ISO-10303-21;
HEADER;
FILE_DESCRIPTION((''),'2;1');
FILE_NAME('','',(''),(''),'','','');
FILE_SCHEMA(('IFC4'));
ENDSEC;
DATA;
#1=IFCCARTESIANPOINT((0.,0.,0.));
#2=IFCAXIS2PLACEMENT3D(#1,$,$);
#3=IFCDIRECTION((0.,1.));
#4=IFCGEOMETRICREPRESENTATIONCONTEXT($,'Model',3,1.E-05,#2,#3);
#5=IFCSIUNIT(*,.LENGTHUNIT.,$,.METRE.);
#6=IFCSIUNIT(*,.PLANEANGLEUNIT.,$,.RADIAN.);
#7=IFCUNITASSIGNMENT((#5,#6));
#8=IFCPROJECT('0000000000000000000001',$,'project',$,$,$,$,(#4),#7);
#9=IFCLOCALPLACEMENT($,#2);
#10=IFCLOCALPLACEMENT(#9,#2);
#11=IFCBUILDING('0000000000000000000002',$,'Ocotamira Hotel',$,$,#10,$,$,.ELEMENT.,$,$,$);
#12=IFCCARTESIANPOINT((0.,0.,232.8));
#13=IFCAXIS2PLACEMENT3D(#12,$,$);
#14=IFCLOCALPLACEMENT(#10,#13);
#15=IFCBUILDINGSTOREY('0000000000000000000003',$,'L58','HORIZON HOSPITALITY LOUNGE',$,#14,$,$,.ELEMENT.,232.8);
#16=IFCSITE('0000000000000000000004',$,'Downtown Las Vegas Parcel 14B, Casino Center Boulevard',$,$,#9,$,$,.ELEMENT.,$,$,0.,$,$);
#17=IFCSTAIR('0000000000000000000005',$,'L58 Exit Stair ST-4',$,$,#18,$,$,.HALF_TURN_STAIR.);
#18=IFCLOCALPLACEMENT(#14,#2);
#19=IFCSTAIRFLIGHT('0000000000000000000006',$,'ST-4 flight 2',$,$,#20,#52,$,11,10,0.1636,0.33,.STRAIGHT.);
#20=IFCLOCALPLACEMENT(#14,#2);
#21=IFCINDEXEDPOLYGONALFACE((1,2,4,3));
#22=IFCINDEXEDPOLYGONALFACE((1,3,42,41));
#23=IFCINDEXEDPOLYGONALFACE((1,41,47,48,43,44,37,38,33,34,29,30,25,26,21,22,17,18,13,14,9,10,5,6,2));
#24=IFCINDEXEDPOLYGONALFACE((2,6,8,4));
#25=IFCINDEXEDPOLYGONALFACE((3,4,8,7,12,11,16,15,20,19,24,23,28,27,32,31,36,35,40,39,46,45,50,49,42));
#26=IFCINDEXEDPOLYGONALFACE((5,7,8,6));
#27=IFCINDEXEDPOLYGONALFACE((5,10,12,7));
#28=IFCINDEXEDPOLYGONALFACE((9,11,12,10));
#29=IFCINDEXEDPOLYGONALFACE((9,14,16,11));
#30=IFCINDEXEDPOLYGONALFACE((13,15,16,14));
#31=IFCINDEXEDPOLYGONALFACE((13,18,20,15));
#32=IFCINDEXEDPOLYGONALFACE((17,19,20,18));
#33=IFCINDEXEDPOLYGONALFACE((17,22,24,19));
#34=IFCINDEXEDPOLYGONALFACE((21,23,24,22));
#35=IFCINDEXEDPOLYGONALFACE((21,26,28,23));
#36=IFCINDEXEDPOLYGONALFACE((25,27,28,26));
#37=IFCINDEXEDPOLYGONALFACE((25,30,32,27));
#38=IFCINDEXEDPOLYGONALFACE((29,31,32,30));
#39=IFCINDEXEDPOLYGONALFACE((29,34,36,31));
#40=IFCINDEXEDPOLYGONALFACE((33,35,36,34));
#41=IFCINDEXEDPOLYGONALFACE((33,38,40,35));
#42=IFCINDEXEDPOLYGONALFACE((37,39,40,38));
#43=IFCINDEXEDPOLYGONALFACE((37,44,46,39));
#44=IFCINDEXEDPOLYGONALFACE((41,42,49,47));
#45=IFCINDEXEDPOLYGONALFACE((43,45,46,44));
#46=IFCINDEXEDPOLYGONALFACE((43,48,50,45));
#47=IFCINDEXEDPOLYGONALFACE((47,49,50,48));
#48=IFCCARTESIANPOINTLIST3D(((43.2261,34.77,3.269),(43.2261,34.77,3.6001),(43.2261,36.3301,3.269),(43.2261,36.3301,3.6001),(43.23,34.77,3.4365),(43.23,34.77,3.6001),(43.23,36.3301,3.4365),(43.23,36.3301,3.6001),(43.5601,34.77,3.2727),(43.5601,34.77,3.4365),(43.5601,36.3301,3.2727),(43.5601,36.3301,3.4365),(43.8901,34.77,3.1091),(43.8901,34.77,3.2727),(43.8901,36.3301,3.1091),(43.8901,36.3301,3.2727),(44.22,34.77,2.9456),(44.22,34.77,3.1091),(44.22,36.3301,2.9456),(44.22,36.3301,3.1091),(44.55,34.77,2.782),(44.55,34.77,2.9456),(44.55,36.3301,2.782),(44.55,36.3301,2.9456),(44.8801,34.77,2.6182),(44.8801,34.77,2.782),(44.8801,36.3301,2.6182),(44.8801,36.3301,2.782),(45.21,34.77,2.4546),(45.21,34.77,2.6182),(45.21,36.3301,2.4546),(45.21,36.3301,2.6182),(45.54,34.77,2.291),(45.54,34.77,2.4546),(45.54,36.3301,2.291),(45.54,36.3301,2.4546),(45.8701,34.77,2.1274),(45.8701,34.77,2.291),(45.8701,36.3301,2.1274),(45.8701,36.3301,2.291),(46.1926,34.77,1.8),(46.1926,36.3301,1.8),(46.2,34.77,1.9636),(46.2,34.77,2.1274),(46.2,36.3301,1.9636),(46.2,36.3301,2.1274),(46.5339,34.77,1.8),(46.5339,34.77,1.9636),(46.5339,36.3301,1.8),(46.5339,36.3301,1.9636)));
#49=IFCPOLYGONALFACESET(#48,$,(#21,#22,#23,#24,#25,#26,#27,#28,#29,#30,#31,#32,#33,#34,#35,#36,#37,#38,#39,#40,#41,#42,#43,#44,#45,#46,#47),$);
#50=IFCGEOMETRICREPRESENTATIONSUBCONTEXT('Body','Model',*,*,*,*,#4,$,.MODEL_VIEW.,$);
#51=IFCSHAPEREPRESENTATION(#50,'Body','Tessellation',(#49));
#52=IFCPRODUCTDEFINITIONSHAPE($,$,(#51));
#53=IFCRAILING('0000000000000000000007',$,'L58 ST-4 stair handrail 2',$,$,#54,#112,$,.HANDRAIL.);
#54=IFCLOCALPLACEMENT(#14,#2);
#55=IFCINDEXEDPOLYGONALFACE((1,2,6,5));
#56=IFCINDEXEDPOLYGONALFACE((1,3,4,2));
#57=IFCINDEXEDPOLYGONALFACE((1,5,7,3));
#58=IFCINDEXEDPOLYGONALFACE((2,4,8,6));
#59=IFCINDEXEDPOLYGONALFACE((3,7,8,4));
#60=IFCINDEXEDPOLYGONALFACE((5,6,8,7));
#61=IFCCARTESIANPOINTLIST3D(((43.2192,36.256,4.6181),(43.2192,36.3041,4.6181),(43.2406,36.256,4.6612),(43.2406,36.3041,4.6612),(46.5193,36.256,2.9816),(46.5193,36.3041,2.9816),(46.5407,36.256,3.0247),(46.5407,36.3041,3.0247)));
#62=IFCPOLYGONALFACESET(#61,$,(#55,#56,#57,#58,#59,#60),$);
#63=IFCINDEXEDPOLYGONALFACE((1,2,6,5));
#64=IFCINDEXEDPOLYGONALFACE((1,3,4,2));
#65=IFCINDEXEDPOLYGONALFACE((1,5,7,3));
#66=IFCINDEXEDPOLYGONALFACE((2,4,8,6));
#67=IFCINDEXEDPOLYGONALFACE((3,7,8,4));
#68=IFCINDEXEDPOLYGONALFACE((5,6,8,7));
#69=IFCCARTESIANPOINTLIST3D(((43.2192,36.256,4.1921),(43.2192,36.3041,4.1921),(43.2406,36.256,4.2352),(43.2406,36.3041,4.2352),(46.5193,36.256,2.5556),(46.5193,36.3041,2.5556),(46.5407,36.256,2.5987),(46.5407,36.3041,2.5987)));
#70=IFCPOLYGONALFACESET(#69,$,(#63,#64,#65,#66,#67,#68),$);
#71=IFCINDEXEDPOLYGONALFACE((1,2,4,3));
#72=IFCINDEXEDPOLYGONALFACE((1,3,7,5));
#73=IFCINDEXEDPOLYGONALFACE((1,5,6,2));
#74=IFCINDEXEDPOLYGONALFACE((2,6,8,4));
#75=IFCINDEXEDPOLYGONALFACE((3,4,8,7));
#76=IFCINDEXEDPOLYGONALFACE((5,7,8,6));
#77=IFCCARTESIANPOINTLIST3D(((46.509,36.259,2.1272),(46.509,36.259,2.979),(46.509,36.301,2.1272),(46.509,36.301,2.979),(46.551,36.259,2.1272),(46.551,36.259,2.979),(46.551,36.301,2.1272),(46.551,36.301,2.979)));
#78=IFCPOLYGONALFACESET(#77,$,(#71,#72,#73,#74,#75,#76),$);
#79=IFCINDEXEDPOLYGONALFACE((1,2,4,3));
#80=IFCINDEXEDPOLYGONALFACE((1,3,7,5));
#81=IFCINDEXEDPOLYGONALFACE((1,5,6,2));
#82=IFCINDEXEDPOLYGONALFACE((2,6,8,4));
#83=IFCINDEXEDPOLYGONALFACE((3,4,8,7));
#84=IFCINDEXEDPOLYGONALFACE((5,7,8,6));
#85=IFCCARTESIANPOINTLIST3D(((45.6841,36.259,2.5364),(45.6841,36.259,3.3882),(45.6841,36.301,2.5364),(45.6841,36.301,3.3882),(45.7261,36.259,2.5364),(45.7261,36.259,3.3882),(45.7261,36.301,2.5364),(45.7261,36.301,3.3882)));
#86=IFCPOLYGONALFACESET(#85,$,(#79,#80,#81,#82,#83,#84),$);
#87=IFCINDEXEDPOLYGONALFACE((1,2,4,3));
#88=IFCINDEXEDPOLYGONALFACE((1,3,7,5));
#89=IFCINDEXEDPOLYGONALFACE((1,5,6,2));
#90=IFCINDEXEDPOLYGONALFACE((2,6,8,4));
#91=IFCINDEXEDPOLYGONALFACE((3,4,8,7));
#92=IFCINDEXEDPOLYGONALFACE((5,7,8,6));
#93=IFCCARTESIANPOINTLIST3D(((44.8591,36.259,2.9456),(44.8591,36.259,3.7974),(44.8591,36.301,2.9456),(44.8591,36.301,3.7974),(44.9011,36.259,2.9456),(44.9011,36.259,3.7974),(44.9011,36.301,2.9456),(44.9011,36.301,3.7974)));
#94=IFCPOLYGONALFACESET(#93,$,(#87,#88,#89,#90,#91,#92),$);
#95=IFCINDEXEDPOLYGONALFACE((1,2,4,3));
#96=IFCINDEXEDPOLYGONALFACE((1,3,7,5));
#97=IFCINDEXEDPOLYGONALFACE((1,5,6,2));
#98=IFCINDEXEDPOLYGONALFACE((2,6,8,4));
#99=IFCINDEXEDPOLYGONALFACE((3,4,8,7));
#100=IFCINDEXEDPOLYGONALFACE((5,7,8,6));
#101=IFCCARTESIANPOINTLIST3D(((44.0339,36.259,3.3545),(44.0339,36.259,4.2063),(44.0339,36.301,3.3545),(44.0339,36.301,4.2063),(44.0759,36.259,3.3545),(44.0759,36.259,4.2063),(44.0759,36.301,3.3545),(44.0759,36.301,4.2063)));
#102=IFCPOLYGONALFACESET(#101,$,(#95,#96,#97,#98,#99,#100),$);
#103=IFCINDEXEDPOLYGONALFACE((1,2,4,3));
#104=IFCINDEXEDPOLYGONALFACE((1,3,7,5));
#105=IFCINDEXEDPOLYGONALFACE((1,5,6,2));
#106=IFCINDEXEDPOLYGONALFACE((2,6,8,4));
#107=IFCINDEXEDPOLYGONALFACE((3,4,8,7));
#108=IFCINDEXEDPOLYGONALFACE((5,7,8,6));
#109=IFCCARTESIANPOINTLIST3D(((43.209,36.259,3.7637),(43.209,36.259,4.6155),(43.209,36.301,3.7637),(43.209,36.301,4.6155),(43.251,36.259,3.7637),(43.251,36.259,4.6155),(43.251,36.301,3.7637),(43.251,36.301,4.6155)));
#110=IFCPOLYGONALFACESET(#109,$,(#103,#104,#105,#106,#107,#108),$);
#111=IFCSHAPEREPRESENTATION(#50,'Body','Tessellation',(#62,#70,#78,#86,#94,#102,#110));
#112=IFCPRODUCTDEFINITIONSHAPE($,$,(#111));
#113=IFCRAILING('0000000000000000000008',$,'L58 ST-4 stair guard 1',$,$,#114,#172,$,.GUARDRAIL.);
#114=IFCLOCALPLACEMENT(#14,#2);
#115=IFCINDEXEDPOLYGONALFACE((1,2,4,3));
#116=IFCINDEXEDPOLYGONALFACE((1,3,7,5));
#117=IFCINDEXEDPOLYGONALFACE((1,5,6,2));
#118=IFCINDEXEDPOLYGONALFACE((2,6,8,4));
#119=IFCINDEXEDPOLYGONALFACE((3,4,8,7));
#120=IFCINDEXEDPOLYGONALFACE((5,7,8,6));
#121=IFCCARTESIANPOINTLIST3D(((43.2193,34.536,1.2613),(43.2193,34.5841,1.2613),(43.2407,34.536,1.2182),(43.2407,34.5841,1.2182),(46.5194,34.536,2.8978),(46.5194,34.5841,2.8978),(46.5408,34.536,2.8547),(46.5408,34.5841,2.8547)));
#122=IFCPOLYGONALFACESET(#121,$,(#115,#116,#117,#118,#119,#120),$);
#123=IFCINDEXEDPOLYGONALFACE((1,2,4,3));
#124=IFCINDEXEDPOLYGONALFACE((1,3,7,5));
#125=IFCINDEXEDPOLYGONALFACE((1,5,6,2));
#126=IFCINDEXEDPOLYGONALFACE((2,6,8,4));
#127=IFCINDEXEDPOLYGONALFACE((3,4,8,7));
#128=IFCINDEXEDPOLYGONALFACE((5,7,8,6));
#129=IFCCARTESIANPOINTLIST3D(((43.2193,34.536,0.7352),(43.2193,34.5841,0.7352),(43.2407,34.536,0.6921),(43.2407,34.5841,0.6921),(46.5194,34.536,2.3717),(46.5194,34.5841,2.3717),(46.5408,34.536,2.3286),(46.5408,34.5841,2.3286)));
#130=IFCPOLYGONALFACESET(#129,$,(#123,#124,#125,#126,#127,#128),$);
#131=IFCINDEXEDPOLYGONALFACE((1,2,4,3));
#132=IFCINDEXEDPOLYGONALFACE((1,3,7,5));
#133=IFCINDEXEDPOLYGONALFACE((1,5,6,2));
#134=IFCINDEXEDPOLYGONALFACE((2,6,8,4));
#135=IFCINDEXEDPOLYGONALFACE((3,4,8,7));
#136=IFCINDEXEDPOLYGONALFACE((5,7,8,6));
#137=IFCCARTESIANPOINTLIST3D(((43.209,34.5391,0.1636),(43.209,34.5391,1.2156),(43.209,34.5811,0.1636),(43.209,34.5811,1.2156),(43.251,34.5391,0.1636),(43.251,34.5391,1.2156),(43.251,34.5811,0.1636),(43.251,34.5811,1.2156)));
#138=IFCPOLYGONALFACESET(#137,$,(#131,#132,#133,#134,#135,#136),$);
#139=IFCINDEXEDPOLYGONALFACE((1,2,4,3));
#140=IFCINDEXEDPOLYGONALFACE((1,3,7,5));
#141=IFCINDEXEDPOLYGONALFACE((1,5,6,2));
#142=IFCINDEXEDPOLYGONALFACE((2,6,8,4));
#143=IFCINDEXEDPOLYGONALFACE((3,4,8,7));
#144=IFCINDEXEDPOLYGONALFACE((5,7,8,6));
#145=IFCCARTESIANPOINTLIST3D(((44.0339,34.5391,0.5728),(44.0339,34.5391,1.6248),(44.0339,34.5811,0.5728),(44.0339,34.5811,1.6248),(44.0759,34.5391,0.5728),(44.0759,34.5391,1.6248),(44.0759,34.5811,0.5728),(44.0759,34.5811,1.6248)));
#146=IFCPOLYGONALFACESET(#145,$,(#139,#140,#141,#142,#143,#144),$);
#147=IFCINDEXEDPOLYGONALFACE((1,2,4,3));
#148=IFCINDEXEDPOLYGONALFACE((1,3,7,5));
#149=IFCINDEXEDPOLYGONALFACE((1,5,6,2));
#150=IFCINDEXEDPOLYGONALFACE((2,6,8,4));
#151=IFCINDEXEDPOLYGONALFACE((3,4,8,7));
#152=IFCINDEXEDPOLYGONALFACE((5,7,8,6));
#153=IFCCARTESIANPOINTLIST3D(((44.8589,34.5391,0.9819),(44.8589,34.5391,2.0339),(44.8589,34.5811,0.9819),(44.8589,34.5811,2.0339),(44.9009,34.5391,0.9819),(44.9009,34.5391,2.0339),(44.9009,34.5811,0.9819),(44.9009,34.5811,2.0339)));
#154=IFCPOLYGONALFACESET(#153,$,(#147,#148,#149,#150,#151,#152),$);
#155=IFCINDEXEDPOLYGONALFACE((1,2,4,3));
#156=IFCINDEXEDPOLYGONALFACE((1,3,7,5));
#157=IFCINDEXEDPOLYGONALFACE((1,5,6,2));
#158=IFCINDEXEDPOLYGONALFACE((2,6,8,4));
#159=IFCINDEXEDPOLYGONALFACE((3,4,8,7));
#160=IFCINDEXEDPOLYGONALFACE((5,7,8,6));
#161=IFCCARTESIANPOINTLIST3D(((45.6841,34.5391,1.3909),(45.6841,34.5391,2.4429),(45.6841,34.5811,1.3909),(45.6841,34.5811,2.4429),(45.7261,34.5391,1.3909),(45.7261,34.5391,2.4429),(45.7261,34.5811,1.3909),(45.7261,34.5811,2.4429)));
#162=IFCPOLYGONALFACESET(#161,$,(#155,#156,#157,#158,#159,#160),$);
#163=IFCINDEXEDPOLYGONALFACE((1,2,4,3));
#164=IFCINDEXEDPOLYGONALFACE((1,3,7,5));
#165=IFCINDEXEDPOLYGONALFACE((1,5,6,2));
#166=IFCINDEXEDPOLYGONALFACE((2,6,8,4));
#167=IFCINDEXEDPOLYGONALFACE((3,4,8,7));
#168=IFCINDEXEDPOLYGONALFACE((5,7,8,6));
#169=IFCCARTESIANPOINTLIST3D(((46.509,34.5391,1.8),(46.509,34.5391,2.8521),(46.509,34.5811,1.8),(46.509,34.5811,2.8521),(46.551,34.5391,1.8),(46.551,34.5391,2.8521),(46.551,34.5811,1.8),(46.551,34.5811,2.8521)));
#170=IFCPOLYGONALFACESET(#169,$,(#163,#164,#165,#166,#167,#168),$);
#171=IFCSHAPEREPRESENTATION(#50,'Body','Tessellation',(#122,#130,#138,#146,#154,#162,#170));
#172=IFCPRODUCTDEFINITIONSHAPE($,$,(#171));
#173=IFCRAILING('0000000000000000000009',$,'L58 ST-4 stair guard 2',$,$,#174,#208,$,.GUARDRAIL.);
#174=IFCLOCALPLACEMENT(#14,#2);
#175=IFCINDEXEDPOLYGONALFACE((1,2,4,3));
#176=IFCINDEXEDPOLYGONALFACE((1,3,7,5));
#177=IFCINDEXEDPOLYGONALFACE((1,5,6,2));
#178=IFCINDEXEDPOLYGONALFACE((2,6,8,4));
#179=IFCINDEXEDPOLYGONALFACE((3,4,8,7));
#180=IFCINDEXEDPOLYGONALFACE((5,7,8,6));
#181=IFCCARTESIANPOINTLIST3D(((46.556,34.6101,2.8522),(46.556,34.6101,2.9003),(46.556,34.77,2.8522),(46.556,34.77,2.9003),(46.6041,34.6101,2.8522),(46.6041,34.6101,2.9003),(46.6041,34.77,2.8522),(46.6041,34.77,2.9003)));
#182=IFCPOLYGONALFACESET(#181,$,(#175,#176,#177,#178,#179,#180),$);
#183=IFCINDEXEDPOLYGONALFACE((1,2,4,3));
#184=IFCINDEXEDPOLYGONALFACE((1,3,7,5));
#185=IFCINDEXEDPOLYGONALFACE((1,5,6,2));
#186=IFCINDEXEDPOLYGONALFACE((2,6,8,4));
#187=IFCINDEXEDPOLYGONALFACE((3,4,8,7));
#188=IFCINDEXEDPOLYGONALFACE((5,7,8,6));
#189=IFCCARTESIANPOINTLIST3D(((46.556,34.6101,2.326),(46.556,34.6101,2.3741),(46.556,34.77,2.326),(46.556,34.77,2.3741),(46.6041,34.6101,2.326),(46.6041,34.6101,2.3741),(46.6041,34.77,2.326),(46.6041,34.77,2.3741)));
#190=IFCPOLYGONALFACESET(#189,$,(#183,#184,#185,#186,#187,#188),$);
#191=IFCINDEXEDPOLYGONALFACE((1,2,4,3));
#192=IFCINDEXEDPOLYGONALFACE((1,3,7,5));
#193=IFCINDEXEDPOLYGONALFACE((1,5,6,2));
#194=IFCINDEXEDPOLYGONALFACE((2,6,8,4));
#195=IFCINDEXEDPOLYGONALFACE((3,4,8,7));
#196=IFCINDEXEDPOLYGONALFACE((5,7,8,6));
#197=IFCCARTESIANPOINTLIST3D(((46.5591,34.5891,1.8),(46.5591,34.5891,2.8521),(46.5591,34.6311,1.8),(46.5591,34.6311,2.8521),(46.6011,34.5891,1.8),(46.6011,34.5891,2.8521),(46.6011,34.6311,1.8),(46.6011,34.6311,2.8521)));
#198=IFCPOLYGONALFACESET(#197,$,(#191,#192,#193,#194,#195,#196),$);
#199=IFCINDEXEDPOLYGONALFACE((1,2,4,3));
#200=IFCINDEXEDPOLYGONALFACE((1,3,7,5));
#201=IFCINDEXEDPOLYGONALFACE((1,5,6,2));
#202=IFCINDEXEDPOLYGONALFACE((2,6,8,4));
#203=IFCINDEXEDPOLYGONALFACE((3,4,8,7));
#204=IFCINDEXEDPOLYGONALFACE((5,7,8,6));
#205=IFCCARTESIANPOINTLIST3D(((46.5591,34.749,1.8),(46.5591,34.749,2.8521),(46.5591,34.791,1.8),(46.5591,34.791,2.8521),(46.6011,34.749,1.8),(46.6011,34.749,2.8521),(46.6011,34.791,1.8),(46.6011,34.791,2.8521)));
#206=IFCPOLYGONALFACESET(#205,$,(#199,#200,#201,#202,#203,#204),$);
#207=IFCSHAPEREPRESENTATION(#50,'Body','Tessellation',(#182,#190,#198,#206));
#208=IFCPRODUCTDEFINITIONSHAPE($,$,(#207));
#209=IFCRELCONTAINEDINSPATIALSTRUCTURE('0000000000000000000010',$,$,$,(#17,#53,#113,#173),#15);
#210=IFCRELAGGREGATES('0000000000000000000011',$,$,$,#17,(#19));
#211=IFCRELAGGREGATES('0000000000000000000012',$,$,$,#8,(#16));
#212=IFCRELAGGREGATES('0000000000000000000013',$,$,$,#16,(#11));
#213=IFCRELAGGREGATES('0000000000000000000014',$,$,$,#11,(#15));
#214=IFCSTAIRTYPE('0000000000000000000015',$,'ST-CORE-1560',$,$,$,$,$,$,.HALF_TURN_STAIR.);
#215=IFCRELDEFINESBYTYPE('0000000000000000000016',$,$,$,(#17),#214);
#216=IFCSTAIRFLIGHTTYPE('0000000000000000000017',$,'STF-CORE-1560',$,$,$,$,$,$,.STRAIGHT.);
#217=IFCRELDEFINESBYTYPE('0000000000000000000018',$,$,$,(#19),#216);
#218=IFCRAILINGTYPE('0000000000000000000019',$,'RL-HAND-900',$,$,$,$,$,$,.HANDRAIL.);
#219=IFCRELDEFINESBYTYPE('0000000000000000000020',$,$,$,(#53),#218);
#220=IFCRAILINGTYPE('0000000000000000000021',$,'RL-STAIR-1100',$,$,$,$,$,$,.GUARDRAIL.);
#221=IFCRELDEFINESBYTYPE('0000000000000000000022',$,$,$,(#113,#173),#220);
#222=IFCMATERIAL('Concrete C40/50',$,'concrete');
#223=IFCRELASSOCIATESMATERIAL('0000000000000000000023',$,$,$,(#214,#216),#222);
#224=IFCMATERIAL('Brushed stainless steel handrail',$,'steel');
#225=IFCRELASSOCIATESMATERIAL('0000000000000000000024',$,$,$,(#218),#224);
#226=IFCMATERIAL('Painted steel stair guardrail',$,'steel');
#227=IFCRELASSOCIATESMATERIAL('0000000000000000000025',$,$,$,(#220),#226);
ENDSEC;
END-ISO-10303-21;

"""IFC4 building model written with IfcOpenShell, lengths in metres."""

from ifc_helpers import new_model, si_unit, direction, frame, origin, origin_2d, place, context, subcontext, project, spatial, polyline, rectangle, outline, extrude, source, transform, mapped, material, type_object, element, aggregate, save


model = new_model("IFC4")

# Units and contexts
model_context = context("Model", 3, precision=1e-05, world=origin(), true_north=direction((0.0, 1.0)))
body_context = subcontext(model_context, "Body", "Model", "MODEL_VIEW")
ifc_project = project(units=[si_unit("LENGTHUNIT", "METRE"), si_unit("PLANEANGLEUNIT", "RADIAN")], contexts=[model_context])

# Site, building, storey
site_placement = place(None, origin())
site = spatial("IfcSite", under=ifc_project, at=site_placement, Name="Downtown Las Vegas Parcel 14B, Casino Center Boulevard", CompositionType="ELEMENT", RefElevation=0.0)
building_placement = place(site_placement, origin())
building = spatial("IfcBuilding", under=site, at=building_placement, Name="Ocotamira Hotel", CompositionType="ELEMENT")
storey_placement = place(building_placement, frame((0.0, 0.0, 232.8)))
storey = spatial("IfcBuildingStorey", under=building, at=storey_placement, Name="L58", Description="HORIZON HOSPITALITY LOUNGE", CompositionType="ELEMENT", Elevation=232.8)

# Stair, stair flight
ifc_material_1 = material(Name="Concrete C40/50", Category="concrete")
stair_type = type_object("IfcStairType", Name="ST-CORE-1560", PredefinedType="HALF_TURN_STAIR", material=ifc_material_1)
stair_placement = place(storey_placement, origin())
stair = element("IfcStair", 1, at=stair_placement, inside=storey, type_object=stair_type, Name="L58 Exit Stair ST-4", PredefinedType="HALF_TURN_STAIR")
stair_flight_type = type_object("IfcStairFlightType", Name="STF-CORE-1560", PredefinedType="STRAIGHT", material=ifc_material_1)
shared_shape_1 = source(origin(), body_context, "Body", "SweptSolid", [
    extrude(outline(polyline([(-0.0039, 0.0), (-0.0039, 0.1636), (0.3301, 0.1636), (0.3301, 0.3274), (0.6599, 0.3274), (0.6599, 0.491), (0.99, 0.491), (0.99, 0.6545), (1.3201, 0.6545), (1.3201, 0.8181), (1.6499, 0.8181), (1.6499, 0.9819), (1.98, 0.9819), (1.98, 1.1455), (2.3101, 1.1455), (2.3101, 1.3091), (2.6399, 1.3091), (2.6399, 1.4727), (2.97, 1.4727), (2.97, 1.6365), (3.3, 1.6365), (3.3, 1.8), (3.304, 1.8), (3.304, 1.469), (0.3374, 0.0), (-0.0039, 0.0)])), frame((0.0, 0.78, 0.0), z_axis=(0.0, -1.0, 0.0), x_axis=(1.0, 0.0, 0.0)), (0.0, 0.0, 1.0), 1.5601),
])
stair_flight_placement = place(storey_placement, frame((46.53, 35.55, 1.8), z_axis=(0.0, 0.0, 1.0), x_axis=(-1.0, 0.0, 0.0)))
stair_flight = element("IfcStairFlight", 2, at=stair_flight_placement, type_object=stair_flight_type, Name="ST-4 flight 2", NumberOfRisers=11, NumberOfTreads=10, PredefinedType="STRAIGHT", RiserHeight=0.1636, TreadLength=0.33, context=body_context, shape_type="MappedRepresentation", body=[
    mapped(shared_shape_1, transform((0.0, 0.0, 0.0), scale=1.0)),
])
aggregate(stair, [stair_flight])

# Railings
ifc_material_2 = material(Name="Brushed stainless steel handrail", Category="steel")
railing_type_1 = type_object("IfcRailingType", Name="RL-HAND-900", PredefinedType="HANDRAIL", material=ifc_material_2)
railing_1_placement = place(storey_placement, frame((46.53, 36.28, 2.1272)))
element("IfcRailing", 3, at=railing_1_placement, inside=storey, type_object=railing_type_1, Name="L58 ST-4 stair handrail 2", PredefinedType="HANDRAIL", context=body_context, shape_type="SweptSolid", body=[
    extrude(rectangle(XDim=0.0481, YDim=0.0481, at=origin_2d()), frame((0.0, 0.0, 0.876), z_axis=(-0.895894, 0.0, 0.444268), x_axis=(0.0, -1.0, 0.0)), (0.0, 0.0, 1.0), 3.6836),
    extrude(rectangle(XDim=0.0481, YDim=0.0481, at=origin_2d()), frame((0.0, 0.0, 0.45), z_axis=(-0.895894, 0.0, 0.444268), x_axis=(0.0, -1.0, 0.0)), (0.0, 0.0, 1.0), 3.6836),
    extrude(rectangle(XDim=0.042, YDim=0.042, at=origin_2d()), origin(), (0.0, 0.0, 1.0), 0.8518),
    extrude(rectangle(XDim=0.042, YDim=0.042, at=origin_2d()), frame((-0.825, 0.0, 0.4092)), (0.0, 0.0, 1.0), 0.8518),
    extrude(rectangle(XDim=0.042, YDim=0.042, at=origin_2d()), frame((-1.6499, 0.0, 0.8184)), (0.0, 0.0, 1.0), 0.8518),
    extrude(rectangle(XDim=0.042, YDim=0.042, at=origin_2d()), frame((-2.4751, 0.0, 1.2273)), (0.0, 0.0, 1.0), 0.8518),
    extrude(rectangle(XDim=0.042, YDim=0.042, at=origin_2d()), frame((-3.3, 0.0, 1.6365)), (0.0, 0.0, 1.0), 0.8518),
])
ifc_material_3 = material(Name="Painted steel stair guardrail", Category="steel")
railing_type_2 = type_object("IfcRailingType", Name="RL-STAIR-1100", PredefinedType="GUARDRAIL", material=ifc_material_3)
railing_2_placement = place(storey_placement, frame((43.23, 34.5601, 0.1636)))
element("IfcRailing", 4, at=railing_2_placement, inside=storey, type_object=railing_type_2, Name="L58 ST-4 stair guard 1", PredefinedType="GUARDRAIL", context=body_context, shape_type="SweptSolid", body=[
    extrude(rectangle(XDim=0.0481, YDim=0.0481, at=origin_2d()), frame((0.0, 0.0, 1.0762), z_axis=(0.895894, 0.0, 0.444268), x_axis=(0.0, 1.0, 0.0)), (0.0, 0.0, 1.0), 3.6836),
    extrude(rectangle(XDim=0.0481, YDim=0.0481, at=origin_2d()), frame((0.0, 0.0, 0.55), z_axis=(0.895894, 0.0, 0.444268), x_axis=(0.0, 1.0, 0.0)), (0.0, 0.0, 1.0), 3.6836),
    extrude(rectangle(XDim=0.042, YDim=0.042, at=origin_2d()), origin(), (0.0, 0.0, 1.0), 1.052),
    extrude(rectangle(XDim=0.042, YDim=0.042, at=origin_2d()), frame((0.825, 0.0, 0.4092)), (0.0, 0.0, 1.0), 1.052),
    extrude(rectangle(XDim=0.042, YDim=0.042, at=origin_2d()), frame((1.6499, 0.0, 0.8184)), (0.0, 0.0, 1.0), 1.052),
    extrude(rectangle(XDim=0.042, YDim=0.042, at=origin_2d()), frame((2.4751, 0.0, 1.2273)), (0.0, 0.0, 1.0), 1.052),
    extrude(rectangle(XDim=0.042, YDim=0.042, at=origin_2d()), frame((3.3, 0.0, 1.6365)), (0.0, 0.0, 1.0), 1.052),
])
railing_3_placement = place(storey_placement, frame((46.5801, 34.6101, 1.8)))
element("IfcRailing", 5, at=railing_3_placement, inside=storey, type_object=railing_type_2, Name="L58 ST-4 stair guard 2", PredefinedType="GUARDRAIL", context=body_context, shape_type="SweptSolid", body=[
    extrude(rectangle(XDim=0.0481, YDim=0.0481, at=origin_2d()), frame((0.0, 0.0, 1.0762), z_axis=(0.0, 1.0, 0.0), x_axis=(-1.0, 0.0, 0.0)), (0.0, 0.0, 1.0), 0.1599),
    extrude(rectangle(XDim=0.0481, YDim=0.0481, at=origin_2d()), frame((0.0, 0.0, 0.55), z_axis=(0.0, 1.0, 0.0), x_axis=(-1.0, 0.0, 0.0)), (0.0, 0.0, 1.0), 0.1599),
    extrude(rectangle(XDim=0.042, YDim=0.042, at=origin_2d()), origin(), (0.0, 0.0, 1.0), 1.052),
    extrude(rectangle(XDim=0.042, YDim=0.042, at=origin_2d()), frame((0.0, 0.1599, 0.0)), (0.0, 0.0, 1.0), 1.052),
])

save(model, "model.ifc")
